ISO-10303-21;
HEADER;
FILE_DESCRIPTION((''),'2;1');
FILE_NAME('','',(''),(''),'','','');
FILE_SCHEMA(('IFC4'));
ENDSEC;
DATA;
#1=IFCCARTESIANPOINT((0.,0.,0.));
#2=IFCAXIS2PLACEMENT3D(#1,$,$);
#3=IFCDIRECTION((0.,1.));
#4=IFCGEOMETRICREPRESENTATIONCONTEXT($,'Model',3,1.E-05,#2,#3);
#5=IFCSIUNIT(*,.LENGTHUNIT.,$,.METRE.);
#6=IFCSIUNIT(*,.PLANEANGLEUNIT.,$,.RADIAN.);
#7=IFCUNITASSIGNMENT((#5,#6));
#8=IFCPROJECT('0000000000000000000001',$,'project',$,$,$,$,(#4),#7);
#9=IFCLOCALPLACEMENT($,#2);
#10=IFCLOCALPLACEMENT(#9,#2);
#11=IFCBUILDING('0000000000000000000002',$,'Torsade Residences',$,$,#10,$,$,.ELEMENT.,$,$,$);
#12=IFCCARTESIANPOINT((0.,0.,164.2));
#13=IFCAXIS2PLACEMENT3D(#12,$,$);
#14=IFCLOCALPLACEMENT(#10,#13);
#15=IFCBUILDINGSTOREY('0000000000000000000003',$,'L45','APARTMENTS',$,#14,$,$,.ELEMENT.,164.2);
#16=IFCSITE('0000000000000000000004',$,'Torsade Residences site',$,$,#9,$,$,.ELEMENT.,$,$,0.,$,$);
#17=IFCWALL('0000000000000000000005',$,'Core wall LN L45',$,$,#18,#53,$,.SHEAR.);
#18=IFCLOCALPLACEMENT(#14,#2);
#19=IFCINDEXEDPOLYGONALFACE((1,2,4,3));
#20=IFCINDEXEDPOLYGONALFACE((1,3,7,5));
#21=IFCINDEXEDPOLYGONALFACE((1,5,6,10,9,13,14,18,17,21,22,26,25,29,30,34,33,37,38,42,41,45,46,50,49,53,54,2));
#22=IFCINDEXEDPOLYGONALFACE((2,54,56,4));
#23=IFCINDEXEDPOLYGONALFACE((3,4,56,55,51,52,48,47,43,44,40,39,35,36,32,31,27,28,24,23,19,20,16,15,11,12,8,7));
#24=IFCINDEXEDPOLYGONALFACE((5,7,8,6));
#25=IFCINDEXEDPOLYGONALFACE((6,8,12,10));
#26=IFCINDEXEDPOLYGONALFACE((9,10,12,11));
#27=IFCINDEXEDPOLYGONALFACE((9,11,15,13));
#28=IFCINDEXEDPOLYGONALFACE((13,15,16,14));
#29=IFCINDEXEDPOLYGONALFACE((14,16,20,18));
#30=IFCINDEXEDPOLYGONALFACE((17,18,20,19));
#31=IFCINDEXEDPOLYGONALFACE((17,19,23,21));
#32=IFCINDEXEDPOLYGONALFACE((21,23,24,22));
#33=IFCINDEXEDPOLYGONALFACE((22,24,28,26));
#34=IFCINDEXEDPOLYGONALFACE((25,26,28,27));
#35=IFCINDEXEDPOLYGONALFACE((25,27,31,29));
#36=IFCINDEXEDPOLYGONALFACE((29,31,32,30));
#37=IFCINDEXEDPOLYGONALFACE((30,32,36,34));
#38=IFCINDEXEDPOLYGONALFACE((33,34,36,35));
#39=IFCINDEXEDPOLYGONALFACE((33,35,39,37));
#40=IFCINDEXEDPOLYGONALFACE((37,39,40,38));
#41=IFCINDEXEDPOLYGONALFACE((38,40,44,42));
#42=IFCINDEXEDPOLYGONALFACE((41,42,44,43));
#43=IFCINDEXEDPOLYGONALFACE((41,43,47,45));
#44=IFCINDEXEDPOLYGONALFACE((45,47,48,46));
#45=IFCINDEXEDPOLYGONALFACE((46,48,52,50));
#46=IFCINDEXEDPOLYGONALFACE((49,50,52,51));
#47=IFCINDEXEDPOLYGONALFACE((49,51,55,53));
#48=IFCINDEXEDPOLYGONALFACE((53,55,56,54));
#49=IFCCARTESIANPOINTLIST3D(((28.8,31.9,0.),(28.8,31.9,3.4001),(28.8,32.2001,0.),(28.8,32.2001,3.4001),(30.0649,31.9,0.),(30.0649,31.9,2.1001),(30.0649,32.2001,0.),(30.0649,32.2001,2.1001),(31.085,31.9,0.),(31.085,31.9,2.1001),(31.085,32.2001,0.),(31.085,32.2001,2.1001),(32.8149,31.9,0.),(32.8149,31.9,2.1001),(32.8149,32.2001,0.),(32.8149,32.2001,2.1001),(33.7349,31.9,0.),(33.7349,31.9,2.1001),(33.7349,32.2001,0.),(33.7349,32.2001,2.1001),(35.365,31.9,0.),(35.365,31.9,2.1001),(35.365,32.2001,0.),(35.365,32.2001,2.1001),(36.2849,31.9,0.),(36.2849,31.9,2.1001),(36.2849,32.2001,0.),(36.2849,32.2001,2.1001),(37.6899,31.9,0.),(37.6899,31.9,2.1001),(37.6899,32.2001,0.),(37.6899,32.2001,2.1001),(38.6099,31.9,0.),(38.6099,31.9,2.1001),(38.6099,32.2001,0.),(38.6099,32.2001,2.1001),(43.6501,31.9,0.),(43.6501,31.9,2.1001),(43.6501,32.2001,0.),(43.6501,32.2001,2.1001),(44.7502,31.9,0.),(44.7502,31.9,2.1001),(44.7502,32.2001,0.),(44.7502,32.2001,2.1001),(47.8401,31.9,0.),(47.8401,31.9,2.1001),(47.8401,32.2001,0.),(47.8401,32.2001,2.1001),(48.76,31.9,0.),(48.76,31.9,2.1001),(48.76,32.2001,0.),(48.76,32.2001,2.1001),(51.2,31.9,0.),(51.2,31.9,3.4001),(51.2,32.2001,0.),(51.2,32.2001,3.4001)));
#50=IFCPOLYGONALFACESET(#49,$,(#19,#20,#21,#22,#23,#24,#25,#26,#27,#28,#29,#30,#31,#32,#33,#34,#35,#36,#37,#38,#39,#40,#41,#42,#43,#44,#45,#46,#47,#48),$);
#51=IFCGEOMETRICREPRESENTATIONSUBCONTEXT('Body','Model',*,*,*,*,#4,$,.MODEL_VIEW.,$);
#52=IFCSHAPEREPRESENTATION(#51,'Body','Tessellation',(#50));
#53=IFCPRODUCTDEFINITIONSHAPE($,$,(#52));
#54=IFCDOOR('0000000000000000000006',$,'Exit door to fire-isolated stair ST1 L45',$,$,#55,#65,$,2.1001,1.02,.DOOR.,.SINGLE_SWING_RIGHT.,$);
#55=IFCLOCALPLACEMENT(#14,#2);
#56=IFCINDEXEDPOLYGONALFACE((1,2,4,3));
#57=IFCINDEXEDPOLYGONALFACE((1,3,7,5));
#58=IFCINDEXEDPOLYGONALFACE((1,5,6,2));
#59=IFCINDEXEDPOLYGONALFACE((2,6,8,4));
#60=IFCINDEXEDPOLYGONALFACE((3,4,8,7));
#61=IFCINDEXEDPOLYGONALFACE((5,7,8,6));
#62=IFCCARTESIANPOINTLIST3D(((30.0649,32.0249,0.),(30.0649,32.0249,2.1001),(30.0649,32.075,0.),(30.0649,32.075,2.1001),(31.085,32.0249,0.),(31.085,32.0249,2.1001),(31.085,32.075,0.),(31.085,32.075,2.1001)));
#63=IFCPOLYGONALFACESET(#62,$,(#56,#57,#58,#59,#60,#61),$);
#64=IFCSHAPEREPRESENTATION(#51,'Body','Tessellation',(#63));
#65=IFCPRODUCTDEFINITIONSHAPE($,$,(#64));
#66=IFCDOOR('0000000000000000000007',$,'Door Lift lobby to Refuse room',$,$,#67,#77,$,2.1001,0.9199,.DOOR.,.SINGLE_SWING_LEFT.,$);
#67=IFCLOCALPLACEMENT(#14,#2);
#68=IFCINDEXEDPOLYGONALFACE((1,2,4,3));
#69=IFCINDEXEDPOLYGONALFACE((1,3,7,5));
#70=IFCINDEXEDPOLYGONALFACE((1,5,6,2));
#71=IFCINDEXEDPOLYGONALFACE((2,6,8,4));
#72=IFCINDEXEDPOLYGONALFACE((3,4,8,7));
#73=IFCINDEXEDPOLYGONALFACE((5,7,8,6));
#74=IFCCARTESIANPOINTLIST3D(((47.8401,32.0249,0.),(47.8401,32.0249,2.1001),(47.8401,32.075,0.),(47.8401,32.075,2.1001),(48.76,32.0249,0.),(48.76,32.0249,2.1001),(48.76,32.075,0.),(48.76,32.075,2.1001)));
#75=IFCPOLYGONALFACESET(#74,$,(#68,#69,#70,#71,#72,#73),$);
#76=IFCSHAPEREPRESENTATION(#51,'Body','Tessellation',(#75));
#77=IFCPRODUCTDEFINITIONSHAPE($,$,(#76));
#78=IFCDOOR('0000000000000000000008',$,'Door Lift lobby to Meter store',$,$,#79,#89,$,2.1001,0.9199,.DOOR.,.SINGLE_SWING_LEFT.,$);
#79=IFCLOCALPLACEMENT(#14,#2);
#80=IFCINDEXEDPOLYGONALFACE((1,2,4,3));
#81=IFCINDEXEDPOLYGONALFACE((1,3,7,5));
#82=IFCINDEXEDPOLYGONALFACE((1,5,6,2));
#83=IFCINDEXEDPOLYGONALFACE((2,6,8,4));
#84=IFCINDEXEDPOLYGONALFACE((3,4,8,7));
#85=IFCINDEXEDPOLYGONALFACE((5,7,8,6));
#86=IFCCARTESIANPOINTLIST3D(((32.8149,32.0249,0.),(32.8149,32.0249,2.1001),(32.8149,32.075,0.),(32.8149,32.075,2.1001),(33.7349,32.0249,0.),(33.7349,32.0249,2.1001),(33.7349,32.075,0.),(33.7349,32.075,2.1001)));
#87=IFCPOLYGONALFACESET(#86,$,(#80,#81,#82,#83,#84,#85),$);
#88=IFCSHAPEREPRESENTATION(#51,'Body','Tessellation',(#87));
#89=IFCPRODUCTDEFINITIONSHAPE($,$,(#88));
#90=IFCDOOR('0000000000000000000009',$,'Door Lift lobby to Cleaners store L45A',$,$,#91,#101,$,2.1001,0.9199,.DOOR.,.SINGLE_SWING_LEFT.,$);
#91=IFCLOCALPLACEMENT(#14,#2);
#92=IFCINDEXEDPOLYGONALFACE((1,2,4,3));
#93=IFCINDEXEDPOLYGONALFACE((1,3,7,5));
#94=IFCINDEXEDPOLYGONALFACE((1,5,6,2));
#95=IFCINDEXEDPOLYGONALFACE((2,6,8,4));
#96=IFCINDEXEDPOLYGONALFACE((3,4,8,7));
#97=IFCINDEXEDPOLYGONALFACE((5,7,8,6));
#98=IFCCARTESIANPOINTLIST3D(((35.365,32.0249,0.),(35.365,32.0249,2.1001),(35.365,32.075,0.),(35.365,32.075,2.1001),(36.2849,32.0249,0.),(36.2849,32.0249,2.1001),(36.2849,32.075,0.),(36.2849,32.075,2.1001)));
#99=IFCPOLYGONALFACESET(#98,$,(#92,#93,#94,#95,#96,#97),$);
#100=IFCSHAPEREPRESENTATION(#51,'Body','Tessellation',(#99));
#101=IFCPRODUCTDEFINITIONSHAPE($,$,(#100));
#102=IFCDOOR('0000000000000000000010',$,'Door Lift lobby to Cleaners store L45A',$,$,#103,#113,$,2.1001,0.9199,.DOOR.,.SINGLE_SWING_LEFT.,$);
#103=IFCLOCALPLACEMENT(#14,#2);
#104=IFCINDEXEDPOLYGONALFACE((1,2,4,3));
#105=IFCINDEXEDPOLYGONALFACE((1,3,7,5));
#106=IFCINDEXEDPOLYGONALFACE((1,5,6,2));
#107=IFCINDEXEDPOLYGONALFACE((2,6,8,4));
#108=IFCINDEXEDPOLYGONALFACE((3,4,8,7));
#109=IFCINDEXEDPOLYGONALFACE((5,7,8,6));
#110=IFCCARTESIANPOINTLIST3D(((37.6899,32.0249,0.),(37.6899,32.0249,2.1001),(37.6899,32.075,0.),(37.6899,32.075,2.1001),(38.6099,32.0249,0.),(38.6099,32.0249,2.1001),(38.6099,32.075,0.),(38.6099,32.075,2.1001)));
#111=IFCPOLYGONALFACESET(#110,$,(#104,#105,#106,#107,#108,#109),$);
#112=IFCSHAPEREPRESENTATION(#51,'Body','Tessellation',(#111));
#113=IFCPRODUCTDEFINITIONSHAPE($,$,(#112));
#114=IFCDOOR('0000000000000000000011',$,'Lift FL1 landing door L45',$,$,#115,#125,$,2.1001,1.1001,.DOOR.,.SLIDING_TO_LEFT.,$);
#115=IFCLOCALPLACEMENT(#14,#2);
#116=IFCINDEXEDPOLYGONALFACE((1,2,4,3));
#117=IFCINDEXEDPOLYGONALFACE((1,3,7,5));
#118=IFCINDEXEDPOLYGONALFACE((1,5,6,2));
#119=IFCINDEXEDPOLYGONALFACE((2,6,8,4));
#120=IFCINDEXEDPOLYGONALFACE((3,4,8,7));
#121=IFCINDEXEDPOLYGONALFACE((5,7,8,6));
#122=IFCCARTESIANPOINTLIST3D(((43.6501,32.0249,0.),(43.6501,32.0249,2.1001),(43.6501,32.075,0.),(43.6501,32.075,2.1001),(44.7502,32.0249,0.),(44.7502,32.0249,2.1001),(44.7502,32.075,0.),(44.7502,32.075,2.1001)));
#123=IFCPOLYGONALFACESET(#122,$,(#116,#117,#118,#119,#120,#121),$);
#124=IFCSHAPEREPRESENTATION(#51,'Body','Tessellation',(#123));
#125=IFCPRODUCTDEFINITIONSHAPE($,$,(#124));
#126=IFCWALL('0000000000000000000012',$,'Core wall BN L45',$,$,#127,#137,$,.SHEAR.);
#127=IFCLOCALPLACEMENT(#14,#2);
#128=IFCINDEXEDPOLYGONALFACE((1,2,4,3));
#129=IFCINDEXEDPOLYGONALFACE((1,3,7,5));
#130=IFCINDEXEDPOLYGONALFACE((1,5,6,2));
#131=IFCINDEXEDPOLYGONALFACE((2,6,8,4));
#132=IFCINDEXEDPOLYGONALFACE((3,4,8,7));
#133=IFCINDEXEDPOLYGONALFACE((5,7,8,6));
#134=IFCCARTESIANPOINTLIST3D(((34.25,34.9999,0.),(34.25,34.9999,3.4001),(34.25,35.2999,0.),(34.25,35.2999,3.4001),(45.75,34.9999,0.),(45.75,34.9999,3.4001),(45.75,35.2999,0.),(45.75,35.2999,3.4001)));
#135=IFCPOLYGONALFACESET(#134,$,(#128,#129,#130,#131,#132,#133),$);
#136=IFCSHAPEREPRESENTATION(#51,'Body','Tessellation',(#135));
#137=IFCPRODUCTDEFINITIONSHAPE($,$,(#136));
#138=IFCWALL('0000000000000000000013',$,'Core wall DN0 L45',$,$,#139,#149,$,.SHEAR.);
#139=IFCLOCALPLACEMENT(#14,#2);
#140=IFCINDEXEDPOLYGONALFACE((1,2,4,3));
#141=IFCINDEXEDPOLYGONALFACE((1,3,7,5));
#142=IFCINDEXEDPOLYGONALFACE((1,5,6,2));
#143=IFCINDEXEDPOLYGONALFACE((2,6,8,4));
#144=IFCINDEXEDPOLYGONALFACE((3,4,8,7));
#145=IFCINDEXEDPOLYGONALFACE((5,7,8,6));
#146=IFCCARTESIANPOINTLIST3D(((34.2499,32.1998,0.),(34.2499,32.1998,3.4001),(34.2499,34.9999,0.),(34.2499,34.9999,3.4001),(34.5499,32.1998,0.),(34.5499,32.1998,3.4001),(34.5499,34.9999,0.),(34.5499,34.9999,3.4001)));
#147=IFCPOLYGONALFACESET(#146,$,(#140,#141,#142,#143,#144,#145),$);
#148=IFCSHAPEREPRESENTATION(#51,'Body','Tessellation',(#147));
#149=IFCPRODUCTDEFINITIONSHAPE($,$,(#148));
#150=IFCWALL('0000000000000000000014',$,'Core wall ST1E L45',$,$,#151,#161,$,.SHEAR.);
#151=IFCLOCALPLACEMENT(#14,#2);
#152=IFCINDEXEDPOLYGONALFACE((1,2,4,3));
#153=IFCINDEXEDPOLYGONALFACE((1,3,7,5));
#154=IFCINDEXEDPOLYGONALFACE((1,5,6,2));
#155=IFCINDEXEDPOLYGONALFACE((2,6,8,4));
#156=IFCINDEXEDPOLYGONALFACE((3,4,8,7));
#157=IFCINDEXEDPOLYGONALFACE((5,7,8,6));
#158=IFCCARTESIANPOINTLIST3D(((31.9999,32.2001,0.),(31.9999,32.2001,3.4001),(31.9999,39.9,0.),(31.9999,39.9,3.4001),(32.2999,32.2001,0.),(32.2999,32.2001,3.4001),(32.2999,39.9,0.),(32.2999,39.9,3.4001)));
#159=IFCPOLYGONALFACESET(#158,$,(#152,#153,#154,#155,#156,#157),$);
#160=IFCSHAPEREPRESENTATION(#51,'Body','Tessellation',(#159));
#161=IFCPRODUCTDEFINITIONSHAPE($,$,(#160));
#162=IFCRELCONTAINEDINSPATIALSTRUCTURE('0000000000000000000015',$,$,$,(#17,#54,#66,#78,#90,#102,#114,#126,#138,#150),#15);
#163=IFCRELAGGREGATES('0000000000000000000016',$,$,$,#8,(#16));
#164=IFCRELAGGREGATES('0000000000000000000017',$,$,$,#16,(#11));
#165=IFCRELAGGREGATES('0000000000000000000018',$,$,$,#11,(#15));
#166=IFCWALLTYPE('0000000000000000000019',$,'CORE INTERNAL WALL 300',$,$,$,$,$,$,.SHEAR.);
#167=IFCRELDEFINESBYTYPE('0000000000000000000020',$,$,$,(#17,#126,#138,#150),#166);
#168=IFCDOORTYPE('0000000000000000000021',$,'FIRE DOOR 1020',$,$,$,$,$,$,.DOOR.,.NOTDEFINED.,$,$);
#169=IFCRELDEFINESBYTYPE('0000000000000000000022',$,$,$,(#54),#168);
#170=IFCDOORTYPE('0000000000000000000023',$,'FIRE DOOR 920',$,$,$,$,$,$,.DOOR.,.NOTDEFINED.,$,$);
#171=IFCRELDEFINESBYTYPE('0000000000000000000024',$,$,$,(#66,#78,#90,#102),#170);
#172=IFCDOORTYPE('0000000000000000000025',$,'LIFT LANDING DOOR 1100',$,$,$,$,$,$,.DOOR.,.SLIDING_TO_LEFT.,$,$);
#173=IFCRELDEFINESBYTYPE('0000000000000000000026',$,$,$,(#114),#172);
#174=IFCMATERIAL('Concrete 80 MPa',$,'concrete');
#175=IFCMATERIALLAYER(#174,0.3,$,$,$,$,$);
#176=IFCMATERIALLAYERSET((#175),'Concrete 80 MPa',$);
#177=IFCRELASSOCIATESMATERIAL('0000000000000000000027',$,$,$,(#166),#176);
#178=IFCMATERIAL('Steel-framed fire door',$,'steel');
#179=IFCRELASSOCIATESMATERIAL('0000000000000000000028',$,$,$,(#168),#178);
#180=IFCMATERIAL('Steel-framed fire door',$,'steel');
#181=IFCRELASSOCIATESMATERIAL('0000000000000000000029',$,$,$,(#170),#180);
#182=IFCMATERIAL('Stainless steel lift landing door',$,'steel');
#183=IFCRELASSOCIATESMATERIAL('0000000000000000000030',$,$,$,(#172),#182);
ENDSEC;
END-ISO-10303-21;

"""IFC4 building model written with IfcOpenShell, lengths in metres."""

from ifc_helpers import new_model, si_unit, direction, frame, frame_2d, origin, place, context, subcontext, project, spatial, rectangle, extrude, material, layer, layer_set, type_object, element, fill, save


model = new_model("IFC4")

# Units and contexts
model_context = context("Model", 3, precision=1e-05, world=origin(), true_north=direction((0.0, 1.0)))
body_context = subcontext(model_context, "Body", "Model", "MODEL_VIEW")
ifc_project = project(units=[si_unit("LENGTHUNIT", "METRE"), si_unit("PLANEANGLEUNIT", "RADIAN")], contexts=[model_context])

# Site, building, storey
site_placement = place(None, origin())
site = spatial("IfcSite", under=ifc_project, at=site_placement, Name="Torsade Residences site", CompositionType="ELEMENT", RefElevation=0.0)
building_placement = place(site_placement, origin())
building = spatial("IfcBuilding", under=site, at=building_placement, Name="Torsade Residences", CompositionType="ELEMENT")
storey_placement = place(building_placement, frame((0.0, 0.0, 164.2)))
storey = spatial("IfcBuildingStorey", under=building, at=storey_placement, Name="L45", Description="APARTMENTS", CompositionType="ELEMENT", Elevation=164.2)

# Wall, openings, doors
ifc_material_1 = material(Name="Concrete 80 MPa", Category="concrete")
ifc_layer_1 = layer(ifc_material_1, 0.3)
ifc_layer_set_1 = layer_set([ifc_layer_1], Name="Concrete 80 MPa")
wall_type_1 = type_object("IfcWallType", Name="CORE INTERNAL WALL 300", PredefinedType="SHEAR", material=ifc_layer_set_1)
wall_1_placement = place(storey_placement, frame((28.8, 32.05, 0.0), z_axis=(0.0, 0.0, 1.0), x_axis=(1.0, 0.0, 0.0)))
wall_1 = element("IfcWall", 1, at=wall_1_placement, inside=storey, type_object=wall_type_1, Name="Core wall LN L45", PredefinedType="SHEAR", context=body_context, shape_type="SweptSolid", body=[
    extrude(rectangle(XDim=22.3999, YDim=0.3, at=frame_2d((11.2, 0.0))), origin(), (0.0, 0.0, 1.0), 3.4001),
])
opening_1_placement = place(wall_1_placement, frame((19.04, 0.0, 0.0)))
opening_1 = element("IfcOpeningElement", 2, at=opening_1_placement, cuts=wall_1, PredefinedType="OPENING", context=body_context, shape_type="SweptSolid", body=[
    extrude(rectangle(XDim=0.9199, YDim=2.1001, at=frame_2d((0.46, 1.05))), frame((0.0, 0.1599, 0.0), z_axis=(0.0, -1.0, 0.0), x_axis=(1.0, 0.0, 0.0)), (0.0, 0.0, 1.0), 0.3201),
])
opening_2_placement = place(wall_1_placement, frame((1.2649, 0.0, 0.0)))
opening_2 = element("IfcOpeningElement", 3, at=opening_2_placement, cuts=wall_1, PredefinedType="OPENING", context=body_context, shape_type="SweptSolid", body=[
    extrude(rectangle(XDim=1.02, YDim=2.1001, at=frame_2d((0.51, 1.05))), frame((0.0, 0.1599, 0.0), z_axis=(0.0, -1.0, 0.0), x_axis=(1.0, 0.0, 0.0)), (0.0, 0.0, 1.0), 0.3201),
])
opening_3_placement = place(wall_1_placement, frame((4.0149, 0.0, 0.0)))
opening_3 = element("IfcOpeningElement", 4, at=opening_3_placement, cuts=wall_1, PredefinedType="OPENING", context=body_context, shape_type="SweptSolid", body=[
    extrude(rectangle(XDim=0.9199, YDim=2.1001, at=frame_2d((0.46, 1.05))), frame((0.0, 0.1599, 0.0), z_axis=(0.0, -1.0, 0.0), x_axis=(1.0, 0.0, 0.0)), (0.0, 0.0, 1.0), 0.3201),
])
opening_4_placement = place(wall_1_placement, frame((6.5649, 0.0, 0.0)))
opening_4 = element("IfcOpeningElement", 5, at=opening_4_placement, cuts=wall_1, PredefinedType="OPENING", context=body_context, shape_type="SweptSolid", body=[
    extrude(rectangle(XDim=0.9199, YDim=2.1001, at=frame_2d((0.46, 1.05))), frame((0.0, 0.1599, 0.0), z_axis=(0.0, -1.0, 0.0), x_axis=(1.0, 0.0, 0.0)), (0.0, 0.0, 1.0), 0.3201),
])
opening_5_placement = place(wall_1_placement, frame((8.8899, 0.0, 0.0)))
opening_5 = element("IfcOpeningElement", 6, at=opening_5_placement, cuts=wall_1, PredefinedType="OPENING", context=body_context, shape_type="SweptSolid", body=[
    extrude(rectangle(XDim=0.9199, YDim=2.1001, at=frame_2d((0.46, 1.05))), frame((0.0, 0.1599, 0.0), z_axis=(0.0, -1.0, 0.0), x_axis=(1.0, 0.0, 0.0)), (0.0, 0.0, 1.0), 0.3201),
])
opening_6_placement = place(wall_1_placement, frame((14.8501, 0.0, 0.0)))
opening_6 = element("IfcOpeningElement", 7, at=opening_6_placement, cuts=wall_1, PredefinedType="OPENING", context=body_context, shape_type="SweptSolid", body=[
    extrude(rectangle(XDim=1.1001, YDim=2.1001, at=frame_2d((0.55, 1.05))), frame((0.0, 0.1599, 0.0), z_axis=(0.0, -1.0, 0.0), x_axis=(1.0, 0.0, 0.0)), (0.0, 0.0, 1.0), 0.3201),
])
ifc_material_2 = material(Name="Steel-framed fire door", Category="steel")
door_type_1 = type_object("IfcDoorType", Name="FIRE DOOR 1020", OperationType="NOTDEFINED", PredefinedType="DOOR", material=ifc_material_2)
door_1_placement = place(opening_2_placement, origin())
door_1 = element("IfcDoor", 8, at=door_1_placement, inside=storey, type_object=door_type_1, Name="Exit door to fire-isolated stair ST1 L45", OperationType="SINGLE_SWING_RIGHT", OverallHeight=2.1001, OverallWidth=1.02, PredefinedType="DOOR", context=body_context, shape_type="SweptSolid", body=[
    extrude(rectangle(XDim=1.02, YDim=2.1001, at=frame_2d((0.51, 1.05))), frame((0.0, 0.0249, 0.0), z_axis=(0.0, -1.0, 0.0), x_axis=(1.0, 0.0, 0.0)), (0.0, 0.0, 1.0), 0.05),
])
fill(opening_2, door_1)
ifc_material_3 = material(Name="Steel-framed fire door", Category="steel")
door_type_2 = type_object("IfcDoorType", Name="FIRE DOOR 920", OperationType="NOTDEFINED", PredefinedType="DOOR", material=ifc_material_3)
door_2_placement = place(opening_1_placement, origin())
door_2 = element("IfcDoor", 9, at=door_2_placement, inside=storey, type_object=door_type_2, Name="Door Lift lobby to Refuse room", OperationType="SINGLE_SWING_LEFT", OverallHeight=2.1001, OverallWidth=0.9199, PredefinedType="DOOR", context=body_context, shape_type="SweptSolid", body=[
    extrude(rectangle(XDim=0.9199, YDim=2.1001, at=frame_2d((0.46, 1.05))), frame((0.0, 0.0249, 0.0), z_axis=(0.0, -1.0, 0.0), x_axis=(1.0, 0.0, 0.0)), (0.0, 0.0, 1.0), 0.05),
])
fill(opening_1, door_2)
door_3_placement = place(opening_3_placement, origin())
door_3 = element("IfcDoor", 10, at=door_3_placement, inside=storey, type_object=door_type_2, Name="Door Lift lobby to Meter store", OperationType="SINGLE_SWING_LEFT", OverallHeight=2.1001, OverallWidth=0.9199, PredefinedType="DOOR", context=body_context, shape_type="SweptSolid", body=[
    extrude(rectangle(XDim=0.9199, YDim=2.1001, at=frame_2d((0.46, 1.05))), frame((0.0, 0.0249, 0.0), z_axis=(0.0, -1.0, 0.0), x_axis=(1.0, 0.0, 0.0)), (0.0, 0.0, 1.0), 0.05),
])
fill(opening_3, door_3)
door_4_placement = place(opening_4_placement, origin())
door_4 = element("IfcDoor", 11, at=door_4_placement, inside=storey, type_object=door_type_2, Name="Door Lift lobby to Cleaners store L45A", OperationType="SINGLE_SWING_LEFT", OverallHeight=2.1001, OverallWidth=0.9199, PredefinedType="DOOR", context=body_context, shape_type="SweptSolid", body=[
    extrude(rectangle(XDim=0.9199, YDim=2.1001, at=frame_2d((0.46, 1.05))), frame((0.0, 0.0249, 0.0), z_axis=(0.0, -1.0, 0.0), x_axis=(1.0, 0.0, 0.0)), (0.0, 0.0, 1.0), 0.05),
])
fill(opening_4, door_4)
door_5_placement = place(opening_5_placement, origin())
door_5 = element("IfcDoor", 12, at=door_5_placement, inside=storey, type_object=door_type_2, Name="Door Lift lobby to Cleaners store L45A", OperationType="SINGLE_SWING_LEFT", OverallHeight=2.1001, OverallWidth=0.9199, PredefinedType="DOOR", context=body_context, shape_type="SweptSolid", body=[
    extrude(rectangle(XDim=0.9199, YDim=2.1001, at=frame_2d((0.46, 1.05))), frame((0.0, 0.0249, 0.0), z_axis=(0.0, -1.0, 0.0), x_axis=(1.0, 0.0, 0.0)), (0.0, 0.0, 1.0), 0.05),
])
fill(opening_5, door_5)
ifc_material_4 = material(Name="Stainless steel lift landing door", Category="steel")
door_type_3 = type_object("IfcDoorType", Name="LIFT LANDING DOOR 1100", OperationType="SLIDING_TO_LEFT", PredefinedType="DOOR", material=ifc_material_4)
door_6_placement = place(opening_6_placement, origin())
door_6 = element("IfcDoor", 13, at=door_6_placement, inside=storey, type_object=door_type_3, Name="Lift FL1 landing door L45", OperationType="SLIDING_TO_LEFT", OverallHeight=2.1001, OverallWidth=1.1001, PredefinedType="DOOR", context=body_context, shape_type="SweptSolid", body=[
    extrude(rectangle(XDim=1.1001, YDim=2.1001, at=frame_2d((0.55, 1.05))), frame((0.0, 0.0249, 0.0), z_axis=(0.0, -1.0, 0.0), x_axis=(1.0, 0.0, 0.0)), (0.0, 0.0, 1.0), 0.05),
])
fill(opening_6, door_6)

# Walls
wall_2_placement = place(storey_placement, frame((34.25, 35.1499, 0.0), z_axis=(0.0, 0.0, 1.0), x_axis=(1.0, 0.0, 0.0)))
element("IfcWall", 14, at=wall_2_placement, inside=storey, type_object=wall_type_1, Name="Core wall BN L45", PredefinedType="SHEAR", context=body_context, shape_type="SweptSolid", body=[
    extrude(rectangle(XDim=11.5, YDim=0.3, at=frame_2d((5.75, 0.0))), origin(), (0.0, 0.0, 1.0), 3.4001),
])
wall_3_placement = place(storey_placement, frame((34.3999, 32.2, 0.0), z_axis=(0.0, 0.0, 1.0), x_axis=(0.0, 1.0, 0.0)))
element("IfcWall", 15, at=wall_3_placement, inside=storey, type_object=wall_type_1, Name="Core wall DN0 L45", PredefinedType="SHEAR", context=body_context, shape_type="SweptSolid", body=[
    extrude(rectangle(XDim=2.8, YDim=0.3, at=frame_2d((1.3999, 0.0))), origin(), (0.0, 0.0, 1.0), 3.4001),
])
wall_4_placement = place(storey_placement, frame((32.1499, 32.2, 0.0), z_axis=(0.0, 0.0, 1.0), x_axis=(0.0, 1.0, 0.0)))
element("IfcWall", 16, at=wall_4_placement, inside=storey, type_object=wall_type_1, Name="Core wall ST1E L45", PredefinedType="SHEAR", context=body_context, shape_type="SweptSolid", body=[
    extrude(rectangle(XDim=7.7, YDim=0.3, at=frame_2d((3.8501, 0.0))), origin(), (0.0, 0.0, 1.0), 3.4001),
])

save(model, "model.ifc")
